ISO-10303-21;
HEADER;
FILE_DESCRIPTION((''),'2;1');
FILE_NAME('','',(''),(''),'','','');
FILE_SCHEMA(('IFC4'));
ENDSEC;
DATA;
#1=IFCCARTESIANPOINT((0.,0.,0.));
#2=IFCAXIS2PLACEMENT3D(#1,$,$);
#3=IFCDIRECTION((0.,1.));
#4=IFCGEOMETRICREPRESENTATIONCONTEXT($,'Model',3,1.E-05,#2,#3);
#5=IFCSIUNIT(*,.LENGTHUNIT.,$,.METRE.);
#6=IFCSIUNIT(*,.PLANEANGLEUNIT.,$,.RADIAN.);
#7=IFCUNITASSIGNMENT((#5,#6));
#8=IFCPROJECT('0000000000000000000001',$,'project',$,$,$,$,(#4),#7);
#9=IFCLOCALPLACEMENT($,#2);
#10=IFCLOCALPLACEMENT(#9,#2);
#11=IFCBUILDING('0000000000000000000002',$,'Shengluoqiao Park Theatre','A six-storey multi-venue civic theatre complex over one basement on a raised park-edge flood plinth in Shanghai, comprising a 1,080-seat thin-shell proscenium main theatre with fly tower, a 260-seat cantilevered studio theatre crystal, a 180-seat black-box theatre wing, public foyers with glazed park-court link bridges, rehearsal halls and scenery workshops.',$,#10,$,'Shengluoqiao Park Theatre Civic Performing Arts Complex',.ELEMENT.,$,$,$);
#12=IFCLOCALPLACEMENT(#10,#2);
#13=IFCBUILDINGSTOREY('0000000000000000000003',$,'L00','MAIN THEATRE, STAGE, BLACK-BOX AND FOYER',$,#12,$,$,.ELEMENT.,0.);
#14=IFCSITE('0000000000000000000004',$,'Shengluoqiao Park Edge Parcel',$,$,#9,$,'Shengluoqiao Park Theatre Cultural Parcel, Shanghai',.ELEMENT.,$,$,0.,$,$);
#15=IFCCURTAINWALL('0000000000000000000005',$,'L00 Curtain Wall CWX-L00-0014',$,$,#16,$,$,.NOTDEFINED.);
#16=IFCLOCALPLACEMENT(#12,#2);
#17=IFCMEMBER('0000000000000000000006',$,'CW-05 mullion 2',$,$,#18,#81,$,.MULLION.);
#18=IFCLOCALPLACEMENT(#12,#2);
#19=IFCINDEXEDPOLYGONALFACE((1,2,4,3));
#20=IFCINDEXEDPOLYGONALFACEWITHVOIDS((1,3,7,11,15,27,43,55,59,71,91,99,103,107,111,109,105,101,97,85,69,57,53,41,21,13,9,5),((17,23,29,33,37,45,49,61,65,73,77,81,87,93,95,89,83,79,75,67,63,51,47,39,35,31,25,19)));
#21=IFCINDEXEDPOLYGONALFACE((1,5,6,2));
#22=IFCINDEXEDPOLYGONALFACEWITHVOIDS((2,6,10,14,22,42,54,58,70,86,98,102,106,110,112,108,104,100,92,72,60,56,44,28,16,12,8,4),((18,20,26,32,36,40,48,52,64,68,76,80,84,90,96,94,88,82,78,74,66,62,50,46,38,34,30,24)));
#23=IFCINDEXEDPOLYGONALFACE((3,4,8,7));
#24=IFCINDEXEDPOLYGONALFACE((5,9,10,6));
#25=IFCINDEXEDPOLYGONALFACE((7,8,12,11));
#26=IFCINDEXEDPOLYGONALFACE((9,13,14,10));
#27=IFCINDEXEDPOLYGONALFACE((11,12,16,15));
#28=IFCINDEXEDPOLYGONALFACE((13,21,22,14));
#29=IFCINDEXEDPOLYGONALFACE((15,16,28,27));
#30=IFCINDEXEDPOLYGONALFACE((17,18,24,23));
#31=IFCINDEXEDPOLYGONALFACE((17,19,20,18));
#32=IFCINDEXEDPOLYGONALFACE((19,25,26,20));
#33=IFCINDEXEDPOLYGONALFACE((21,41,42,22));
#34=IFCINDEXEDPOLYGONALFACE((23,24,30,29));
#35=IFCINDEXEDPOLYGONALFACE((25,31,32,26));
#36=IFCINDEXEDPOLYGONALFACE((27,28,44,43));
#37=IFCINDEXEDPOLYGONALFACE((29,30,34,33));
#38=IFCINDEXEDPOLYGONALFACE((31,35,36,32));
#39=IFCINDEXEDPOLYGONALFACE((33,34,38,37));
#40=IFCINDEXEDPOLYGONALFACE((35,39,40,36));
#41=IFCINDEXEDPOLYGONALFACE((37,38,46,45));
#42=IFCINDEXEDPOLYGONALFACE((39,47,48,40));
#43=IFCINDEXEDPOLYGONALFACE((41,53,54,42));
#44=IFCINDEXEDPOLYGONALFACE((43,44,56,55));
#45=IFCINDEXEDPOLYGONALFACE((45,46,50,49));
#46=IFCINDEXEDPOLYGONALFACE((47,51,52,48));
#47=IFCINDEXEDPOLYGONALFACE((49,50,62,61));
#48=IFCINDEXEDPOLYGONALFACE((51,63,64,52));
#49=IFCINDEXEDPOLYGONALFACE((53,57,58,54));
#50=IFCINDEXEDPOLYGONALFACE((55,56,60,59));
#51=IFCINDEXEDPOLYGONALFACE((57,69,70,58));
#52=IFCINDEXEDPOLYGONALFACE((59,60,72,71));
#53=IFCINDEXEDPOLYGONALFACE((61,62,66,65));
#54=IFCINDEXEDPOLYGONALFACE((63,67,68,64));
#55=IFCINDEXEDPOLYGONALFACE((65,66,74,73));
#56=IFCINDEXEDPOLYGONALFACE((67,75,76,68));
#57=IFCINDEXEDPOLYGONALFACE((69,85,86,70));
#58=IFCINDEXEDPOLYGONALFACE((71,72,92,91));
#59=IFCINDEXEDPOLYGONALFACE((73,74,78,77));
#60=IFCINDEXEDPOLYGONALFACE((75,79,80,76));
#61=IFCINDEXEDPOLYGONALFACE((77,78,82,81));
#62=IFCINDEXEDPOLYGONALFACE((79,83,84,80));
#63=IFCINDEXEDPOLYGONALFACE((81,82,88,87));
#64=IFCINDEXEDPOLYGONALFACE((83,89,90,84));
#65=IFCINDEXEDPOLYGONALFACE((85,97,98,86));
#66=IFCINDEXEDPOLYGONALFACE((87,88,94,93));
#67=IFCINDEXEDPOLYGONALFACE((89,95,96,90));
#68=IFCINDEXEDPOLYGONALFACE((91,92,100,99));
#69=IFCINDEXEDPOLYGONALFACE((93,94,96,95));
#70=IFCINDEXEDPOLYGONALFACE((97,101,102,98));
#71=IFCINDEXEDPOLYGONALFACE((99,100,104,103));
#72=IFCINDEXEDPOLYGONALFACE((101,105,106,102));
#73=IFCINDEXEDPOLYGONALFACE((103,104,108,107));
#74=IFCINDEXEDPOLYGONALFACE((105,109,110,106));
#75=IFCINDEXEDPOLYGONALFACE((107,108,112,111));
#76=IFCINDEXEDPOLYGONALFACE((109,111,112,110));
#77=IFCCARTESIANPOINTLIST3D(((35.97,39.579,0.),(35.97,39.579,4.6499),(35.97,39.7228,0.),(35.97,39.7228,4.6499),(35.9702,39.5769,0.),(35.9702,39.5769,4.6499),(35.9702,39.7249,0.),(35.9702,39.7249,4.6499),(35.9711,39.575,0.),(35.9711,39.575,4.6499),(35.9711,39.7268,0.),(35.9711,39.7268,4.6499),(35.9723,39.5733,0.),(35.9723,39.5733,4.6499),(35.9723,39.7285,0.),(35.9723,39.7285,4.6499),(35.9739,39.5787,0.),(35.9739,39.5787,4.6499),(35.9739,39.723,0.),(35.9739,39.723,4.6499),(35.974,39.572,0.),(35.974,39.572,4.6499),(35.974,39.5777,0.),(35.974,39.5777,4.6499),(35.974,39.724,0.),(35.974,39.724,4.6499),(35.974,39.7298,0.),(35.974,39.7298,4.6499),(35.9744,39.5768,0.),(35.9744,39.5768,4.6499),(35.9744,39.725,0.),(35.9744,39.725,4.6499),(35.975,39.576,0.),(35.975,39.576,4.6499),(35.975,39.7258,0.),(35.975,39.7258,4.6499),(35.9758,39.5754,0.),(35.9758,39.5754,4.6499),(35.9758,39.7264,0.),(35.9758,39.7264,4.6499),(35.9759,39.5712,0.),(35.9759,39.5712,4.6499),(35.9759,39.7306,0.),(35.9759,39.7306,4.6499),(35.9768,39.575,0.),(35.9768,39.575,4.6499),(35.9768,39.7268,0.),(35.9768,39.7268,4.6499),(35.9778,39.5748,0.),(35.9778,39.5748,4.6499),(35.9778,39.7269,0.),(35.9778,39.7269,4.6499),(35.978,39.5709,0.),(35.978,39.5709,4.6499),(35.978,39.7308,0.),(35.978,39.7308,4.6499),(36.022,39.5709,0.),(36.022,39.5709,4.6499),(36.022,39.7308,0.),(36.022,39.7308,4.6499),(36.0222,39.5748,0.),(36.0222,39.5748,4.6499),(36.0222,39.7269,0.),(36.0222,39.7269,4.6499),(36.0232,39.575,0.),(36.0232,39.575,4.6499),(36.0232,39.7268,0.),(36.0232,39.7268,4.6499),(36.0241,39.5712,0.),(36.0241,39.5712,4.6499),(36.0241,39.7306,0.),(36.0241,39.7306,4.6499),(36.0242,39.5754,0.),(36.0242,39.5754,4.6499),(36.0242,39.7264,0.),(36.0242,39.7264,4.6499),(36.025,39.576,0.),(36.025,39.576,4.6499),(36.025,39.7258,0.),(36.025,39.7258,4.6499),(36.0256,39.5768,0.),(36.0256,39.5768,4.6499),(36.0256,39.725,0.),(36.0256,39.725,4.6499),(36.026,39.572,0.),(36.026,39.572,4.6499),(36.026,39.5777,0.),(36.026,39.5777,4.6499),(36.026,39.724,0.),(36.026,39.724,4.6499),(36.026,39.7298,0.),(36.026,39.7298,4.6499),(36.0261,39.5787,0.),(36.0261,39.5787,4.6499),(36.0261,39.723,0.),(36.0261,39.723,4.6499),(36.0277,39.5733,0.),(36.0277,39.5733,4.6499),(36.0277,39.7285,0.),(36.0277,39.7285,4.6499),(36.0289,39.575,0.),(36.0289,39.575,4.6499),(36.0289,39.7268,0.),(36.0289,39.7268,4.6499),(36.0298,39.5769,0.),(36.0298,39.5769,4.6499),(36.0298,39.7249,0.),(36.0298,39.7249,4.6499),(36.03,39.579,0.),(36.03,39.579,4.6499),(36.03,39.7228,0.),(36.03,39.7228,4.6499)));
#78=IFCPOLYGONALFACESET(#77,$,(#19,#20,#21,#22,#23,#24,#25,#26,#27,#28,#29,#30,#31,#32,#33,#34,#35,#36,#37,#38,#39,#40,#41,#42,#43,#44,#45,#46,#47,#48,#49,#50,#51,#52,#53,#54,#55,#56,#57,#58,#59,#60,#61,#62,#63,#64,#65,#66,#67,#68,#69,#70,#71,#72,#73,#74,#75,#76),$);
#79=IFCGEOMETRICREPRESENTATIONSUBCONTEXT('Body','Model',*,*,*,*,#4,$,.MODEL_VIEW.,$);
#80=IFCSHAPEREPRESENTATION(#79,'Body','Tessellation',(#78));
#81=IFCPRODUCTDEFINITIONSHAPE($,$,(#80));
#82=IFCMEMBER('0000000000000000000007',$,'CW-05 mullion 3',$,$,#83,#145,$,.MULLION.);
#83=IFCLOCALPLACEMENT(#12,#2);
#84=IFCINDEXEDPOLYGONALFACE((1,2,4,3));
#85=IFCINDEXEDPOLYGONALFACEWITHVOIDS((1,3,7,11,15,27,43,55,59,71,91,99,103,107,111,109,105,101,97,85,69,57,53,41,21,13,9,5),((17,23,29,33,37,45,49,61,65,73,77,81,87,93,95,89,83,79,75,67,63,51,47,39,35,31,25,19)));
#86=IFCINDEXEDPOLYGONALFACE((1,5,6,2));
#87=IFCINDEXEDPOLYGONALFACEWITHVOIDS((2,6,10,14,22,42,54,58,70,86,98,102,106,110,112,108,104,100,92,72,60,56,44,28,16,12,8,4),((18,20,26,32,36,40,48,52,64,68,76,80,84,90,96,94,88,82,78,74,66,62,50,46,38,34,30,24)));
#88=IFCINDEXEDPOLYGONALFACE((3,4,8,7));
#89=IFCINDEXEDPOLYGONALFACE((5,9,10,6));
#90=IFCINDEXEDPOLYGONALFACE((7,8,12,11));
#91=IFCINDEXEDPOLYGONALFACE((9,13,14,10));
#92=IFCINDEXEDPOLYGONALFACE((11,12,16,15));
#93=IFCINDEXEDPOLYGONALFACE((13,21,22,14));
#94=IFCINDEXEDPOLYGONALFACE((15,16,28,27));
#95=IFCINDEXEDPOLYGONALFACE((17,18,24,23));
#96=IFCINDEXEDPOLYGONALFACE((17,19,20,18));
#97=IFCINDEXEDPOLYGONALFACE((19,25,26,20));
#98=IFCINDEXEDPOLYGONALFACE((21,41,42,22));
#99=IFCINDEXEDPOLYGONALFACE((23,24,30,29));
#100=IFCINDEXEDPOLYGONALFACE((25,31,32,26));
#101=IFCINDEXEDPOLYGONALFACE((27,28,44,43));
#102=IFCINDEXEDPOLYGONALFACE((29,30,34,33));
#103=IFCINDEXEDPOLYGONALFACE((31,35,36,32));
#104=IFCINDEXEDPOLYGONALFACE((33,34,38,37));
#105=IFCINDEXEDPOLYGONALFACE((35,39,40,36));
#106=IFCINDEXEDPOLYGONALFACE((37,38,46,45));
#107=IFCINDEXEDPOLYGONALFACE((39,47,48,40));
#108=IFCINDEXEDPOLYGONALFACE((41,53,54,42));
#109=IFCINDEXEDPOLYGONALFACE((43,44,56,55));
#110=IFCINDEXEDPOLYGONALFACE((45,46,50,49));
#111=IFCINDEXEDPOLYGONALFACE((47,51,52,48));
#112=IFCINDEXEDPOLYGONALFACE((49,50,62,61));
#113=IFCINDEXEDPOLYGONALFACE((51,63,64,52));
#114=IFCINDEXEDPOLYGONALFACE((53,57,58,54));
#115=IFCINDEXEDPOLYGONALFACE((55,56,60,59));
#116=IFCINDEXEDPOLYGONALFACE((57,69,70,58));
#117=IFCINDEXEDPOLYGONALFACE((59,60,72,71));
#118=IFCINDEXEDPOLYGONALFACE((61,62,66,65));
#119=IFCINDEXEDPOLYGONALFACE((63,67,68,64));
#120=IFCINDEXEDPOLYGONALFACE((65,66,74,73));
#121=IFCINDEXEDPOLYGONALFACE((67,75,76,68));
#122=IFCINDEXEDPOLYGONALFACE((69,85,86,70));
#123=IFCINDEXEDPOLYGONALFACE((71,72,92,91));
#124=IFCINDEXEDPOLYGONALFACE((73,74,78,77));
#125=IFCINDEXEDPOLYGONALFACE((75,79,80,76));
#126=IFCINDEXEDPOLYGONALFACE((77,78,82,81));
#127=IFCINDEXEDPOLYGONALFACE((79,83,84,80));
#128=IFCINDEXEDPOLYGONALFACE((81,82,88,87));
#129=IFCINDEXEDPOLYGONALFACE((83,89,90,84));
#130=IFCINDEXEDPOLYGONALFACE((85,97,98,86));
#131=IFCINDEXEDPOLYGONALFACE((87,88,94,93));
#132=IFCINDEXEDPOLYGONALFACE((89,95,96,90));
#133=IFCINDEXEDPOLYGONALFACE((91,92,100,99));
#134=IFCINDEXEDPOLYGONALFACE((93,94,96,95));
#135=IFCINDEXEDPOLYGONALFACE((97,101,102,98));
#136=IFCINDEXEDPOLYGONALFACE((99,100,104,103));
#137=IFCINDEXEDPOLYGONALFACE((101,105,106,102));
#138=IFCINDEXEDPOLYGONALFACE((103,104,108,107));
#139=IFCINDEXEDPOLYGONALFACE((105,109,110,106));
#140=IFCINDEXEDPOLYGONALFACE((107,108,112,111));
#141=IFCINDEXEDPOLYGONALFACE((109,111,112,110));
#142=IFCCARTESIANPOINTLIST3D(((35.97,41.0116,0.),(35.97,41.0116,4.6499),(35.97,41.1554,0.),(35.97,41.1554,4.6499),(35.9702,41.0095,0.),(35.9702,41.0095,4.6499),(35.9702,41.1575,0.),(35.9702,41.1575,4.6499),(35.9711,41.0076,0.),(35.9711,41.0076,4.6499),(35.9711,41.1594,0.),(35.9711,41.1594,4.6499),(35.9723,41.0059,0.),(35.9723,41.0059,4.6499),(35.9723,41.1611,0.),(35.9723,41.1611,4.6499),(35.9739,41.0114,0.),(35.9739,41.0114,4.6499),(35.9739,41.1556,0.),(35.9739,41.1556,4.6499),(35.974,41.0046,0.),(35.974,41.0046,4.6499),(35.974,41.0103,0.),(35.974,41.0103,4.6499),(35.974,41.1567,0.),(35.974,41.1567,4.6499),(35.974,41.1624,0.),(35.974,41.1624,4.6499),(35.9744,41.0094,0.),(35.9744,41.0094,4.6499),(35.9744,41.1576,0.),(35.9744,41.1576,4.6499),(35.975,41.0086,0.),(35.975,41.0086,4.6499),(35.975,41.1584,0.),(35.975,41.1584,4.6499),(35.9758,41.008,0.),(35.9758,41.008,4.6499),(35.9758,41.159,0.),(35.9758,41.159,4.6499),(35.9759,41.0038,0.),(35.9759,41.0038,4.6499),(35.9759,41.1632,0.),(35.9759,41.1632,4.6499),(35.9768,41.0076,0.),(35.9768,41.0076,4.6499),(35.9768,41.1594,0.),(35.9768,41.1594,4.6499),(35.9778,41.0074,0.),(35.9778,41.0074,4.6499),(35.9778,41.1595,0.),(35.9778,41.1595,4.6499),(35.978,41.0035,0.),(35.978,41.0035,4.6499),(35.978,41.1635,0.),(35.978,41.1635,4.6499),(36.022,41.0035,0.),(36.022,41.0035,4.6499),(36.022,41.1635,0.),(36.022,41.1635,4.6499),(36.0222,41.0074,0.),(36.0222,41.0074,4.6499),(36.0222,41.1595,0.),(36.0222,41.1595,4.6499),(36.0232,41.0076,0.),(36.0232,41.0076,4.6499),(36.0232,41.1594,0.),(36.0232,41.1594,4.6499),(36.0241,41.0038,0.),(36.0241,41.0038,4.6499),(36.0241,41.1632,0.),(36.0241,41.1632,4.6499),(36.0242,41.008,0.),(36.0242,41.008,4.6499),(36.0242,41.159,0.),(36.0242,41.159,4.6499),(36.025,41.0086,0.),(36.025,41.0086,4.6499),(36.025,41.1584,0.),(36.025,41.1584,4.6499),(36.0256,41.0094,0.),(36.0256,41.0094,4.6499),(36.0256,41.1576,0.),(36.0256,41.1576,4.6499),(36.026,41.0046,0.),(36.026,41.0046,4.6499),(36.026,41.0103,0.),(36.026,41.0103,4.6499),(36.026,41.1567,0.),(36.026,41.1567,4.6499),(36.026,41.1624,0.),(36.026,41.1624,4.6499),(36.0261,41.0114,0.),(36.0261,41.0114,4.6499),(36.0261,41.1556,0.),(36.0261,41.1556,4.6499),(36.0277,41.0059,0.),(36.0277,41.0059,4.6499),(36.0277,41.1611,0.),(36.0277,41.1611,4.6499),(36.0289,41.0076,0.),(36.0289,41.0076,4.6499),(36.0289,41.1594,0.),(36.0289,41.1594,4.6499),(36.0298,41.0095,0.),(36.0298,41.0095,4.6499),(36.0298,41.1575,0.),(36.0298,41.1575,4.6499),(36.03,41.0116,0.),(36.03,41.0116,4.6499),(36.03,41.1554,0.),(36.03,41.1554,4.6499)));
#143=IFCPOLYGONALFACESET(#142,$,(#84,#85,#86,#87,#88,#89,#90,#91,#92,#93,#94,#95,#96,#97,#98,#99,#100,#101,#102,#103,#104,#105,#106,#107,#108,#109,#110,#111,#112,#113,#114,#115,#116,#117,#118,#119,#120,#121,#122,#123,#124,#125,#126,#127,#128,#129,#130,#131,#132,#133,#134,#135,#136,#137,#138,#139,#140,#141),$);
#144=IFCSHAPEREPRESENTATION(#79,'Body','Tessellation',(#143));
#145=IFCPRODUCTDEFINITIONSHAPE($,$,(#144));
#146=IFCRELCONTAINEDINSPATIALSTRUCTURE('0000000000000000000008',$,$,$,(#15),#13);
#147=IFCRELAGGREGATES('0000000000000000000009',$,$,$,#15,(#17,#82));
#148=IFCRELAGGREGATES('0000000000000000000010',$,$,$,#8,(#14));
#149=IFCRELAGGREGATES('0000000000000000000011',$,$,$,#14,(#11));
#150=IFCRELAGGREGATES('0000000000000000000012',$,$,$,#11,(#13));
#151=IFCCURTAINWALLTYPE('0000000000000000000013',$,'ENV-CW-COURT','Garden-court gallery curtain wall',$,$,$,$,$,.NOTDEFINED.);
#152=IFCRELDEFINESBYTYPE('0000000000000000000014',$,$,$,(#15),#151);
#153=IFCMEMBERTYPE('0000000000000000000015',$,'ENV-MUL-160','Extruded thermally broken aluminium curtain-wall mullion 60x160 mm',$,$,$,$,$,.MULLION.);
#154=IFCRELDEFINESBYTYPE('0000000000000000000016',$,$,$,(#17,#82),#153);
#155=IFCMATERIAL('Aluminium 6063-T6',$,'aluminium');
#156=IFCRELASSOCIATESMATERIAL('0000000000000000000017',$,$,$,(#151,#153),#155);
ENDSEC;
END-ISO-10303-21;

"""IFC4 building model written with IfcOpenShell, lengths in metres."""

from ifc_helpers import new_model, si_unit, direction, frame, origin, origin_2d, place, context, subcontext, project, spatial, hollow_rectangle, extrude, material, material_profile, profile_set, type_object, element, aggregate, save


model = new_model("IFC4")

# Units and contexts
model_context = context("Model", 3, precision=1e-05, world=origin(), true_north=direction((0.0, 1.0)))
body_context = subcontext(model_context, "Body", "Model", "MODEL_VIEW")
ifc_project = project(units=[si_unit("LENGTHUNIT", "METRE"), si_unit("PLANEANGLEUNIT", "RADIAN")], contexts=[model_context])

# Site, building, storey
site_placement = place(None, origin())
site = spatial("IfcSite", under=ifc_project, at=site_placement, Name="Shengluoqiao Park Edge Parcel", LongName="Shengluoqiao Park Theatre Cultural Parcel, Shanghai", CompositionType="ELEMENT", RefElevation=0.0)
building_placement = place(site_placement, origin())
building = spatial("IfcBuilding", under=site, at=building_placement, Name="Shengluoqiao Park Theatre", Description="A six-storey multi-venue civic theatre complex over one basement on a raised park-edge flood plinth in Shanghai, comprising a 1,080-seat thin-shell proscenium main theatre with fly tower, a 260-seat cantilevered studio theatre crystal, a 180-seat black-box theatre wing, public foyers with glazed park-court link bridges, rehearsal halls and scenery workshops.", LongName="Shengluoqiao Park Theatre Civic Performing Arts Complex", CompositionType="ELEMENT")
storey_placement = place(building_placement, origin())
storey = spatial("IfcBuildingStorey", under=building, at=storey_placement, Name="L00", Description="MAIN THEATRE, STAGE, BLACK-BOX AND FOYER", CompositionType="ELEMENT", Elevation=0.0)

# Curtain wall, members
ifc_material_1 = material(Name="Aluminium 6063-T6", Category="aluminium")
curtain_wall_type = type_object("IfcCurtainWallType", Name="ENV-CW-COURT", Description="Garden-court gallery curtain wall", PredefinedType="NOTDEFINED", material=ifc_material_1)
curtain_wall_placement = place(storey_placement, origin())
curtain_wall = element("IfcCurtainWall", 1, at=curtain_wall_placement, inside=storey, type_object=curtain_wall_type, Name="L00 Curtain Wall CWX-L00-0014", PredefinedType="NOTDEFINED")
ifc_material_profile_1 = material_profile(ifc_material_1, hollow_rectangle(XDim=0.0601, YDim=0.1599, WallThickness=0.0039, InnerFilletRadius=0.0039, OuterFilletRadius=0.0081, at=origin_2d()), Name="ALU MULLION 160x60x4")
ifc_profile_set_1 = profile_set([ifc_material_profile_1], Name="Aluminium 6063-T6")
member_type_1 = type_object("IfcMemberType", Name="ENV-MUL-160", Description="Extruded thermally broken aluminium curtain-wall mullion 60x160 mm", PredefinedType="MULLION", material=ifc_profile_set_1)
member_1_placement = place(storey_placement, frame((36.0, 39.6509, 0.0), z_axis=(0.0, 0.0, 1.0), x_axis=(-1.0, 0.0, 0.0)))
member_1 = element("IfcMember", 2, at=member_1_placement, type_object=member_type_1, Name="CW-05 mullion 2", PredefinedType="MULLION", context=body_context, shape_type="SweptSolid", body=[
    extrude(hollow_rectangle(XDim=0.0601, YDim=0.1599, WallThickness=0.0039, InnerFilletRadius=0.0039, OuterFilletRadius=0.0081, at=origin_2d()), origin(), (0.0, 0.0, 1.0), 4.6499),
])
member_2_placement = place(storey_placement, frame((36.0, 41.0835, 0.0), z_axis=(0.0, 0.0, 1.0), x_axis=(-1.0, 0.0, 0.0)))
member_2 = element("IfcMember", 3, at=member_2_placement, type_object=member_type_1, Name="CW-05 mullion 3", PredefinedType="MULLION", context=body_context, shape_type="SweptSolid", body=[
    extrude(hollow_rectangle(XDim=0.0601, YDim=0.1599, WallThickness=0.0039, InnerFilletRadius=0.0039, OuterFilletRadius=0.0081, at=origin_2d()), origin(), (0.0, 0.0, 1.0), 4.6499),
])
aggregate(curtain_wall, [member_1, member_2])

save(model, "model.ifc")
